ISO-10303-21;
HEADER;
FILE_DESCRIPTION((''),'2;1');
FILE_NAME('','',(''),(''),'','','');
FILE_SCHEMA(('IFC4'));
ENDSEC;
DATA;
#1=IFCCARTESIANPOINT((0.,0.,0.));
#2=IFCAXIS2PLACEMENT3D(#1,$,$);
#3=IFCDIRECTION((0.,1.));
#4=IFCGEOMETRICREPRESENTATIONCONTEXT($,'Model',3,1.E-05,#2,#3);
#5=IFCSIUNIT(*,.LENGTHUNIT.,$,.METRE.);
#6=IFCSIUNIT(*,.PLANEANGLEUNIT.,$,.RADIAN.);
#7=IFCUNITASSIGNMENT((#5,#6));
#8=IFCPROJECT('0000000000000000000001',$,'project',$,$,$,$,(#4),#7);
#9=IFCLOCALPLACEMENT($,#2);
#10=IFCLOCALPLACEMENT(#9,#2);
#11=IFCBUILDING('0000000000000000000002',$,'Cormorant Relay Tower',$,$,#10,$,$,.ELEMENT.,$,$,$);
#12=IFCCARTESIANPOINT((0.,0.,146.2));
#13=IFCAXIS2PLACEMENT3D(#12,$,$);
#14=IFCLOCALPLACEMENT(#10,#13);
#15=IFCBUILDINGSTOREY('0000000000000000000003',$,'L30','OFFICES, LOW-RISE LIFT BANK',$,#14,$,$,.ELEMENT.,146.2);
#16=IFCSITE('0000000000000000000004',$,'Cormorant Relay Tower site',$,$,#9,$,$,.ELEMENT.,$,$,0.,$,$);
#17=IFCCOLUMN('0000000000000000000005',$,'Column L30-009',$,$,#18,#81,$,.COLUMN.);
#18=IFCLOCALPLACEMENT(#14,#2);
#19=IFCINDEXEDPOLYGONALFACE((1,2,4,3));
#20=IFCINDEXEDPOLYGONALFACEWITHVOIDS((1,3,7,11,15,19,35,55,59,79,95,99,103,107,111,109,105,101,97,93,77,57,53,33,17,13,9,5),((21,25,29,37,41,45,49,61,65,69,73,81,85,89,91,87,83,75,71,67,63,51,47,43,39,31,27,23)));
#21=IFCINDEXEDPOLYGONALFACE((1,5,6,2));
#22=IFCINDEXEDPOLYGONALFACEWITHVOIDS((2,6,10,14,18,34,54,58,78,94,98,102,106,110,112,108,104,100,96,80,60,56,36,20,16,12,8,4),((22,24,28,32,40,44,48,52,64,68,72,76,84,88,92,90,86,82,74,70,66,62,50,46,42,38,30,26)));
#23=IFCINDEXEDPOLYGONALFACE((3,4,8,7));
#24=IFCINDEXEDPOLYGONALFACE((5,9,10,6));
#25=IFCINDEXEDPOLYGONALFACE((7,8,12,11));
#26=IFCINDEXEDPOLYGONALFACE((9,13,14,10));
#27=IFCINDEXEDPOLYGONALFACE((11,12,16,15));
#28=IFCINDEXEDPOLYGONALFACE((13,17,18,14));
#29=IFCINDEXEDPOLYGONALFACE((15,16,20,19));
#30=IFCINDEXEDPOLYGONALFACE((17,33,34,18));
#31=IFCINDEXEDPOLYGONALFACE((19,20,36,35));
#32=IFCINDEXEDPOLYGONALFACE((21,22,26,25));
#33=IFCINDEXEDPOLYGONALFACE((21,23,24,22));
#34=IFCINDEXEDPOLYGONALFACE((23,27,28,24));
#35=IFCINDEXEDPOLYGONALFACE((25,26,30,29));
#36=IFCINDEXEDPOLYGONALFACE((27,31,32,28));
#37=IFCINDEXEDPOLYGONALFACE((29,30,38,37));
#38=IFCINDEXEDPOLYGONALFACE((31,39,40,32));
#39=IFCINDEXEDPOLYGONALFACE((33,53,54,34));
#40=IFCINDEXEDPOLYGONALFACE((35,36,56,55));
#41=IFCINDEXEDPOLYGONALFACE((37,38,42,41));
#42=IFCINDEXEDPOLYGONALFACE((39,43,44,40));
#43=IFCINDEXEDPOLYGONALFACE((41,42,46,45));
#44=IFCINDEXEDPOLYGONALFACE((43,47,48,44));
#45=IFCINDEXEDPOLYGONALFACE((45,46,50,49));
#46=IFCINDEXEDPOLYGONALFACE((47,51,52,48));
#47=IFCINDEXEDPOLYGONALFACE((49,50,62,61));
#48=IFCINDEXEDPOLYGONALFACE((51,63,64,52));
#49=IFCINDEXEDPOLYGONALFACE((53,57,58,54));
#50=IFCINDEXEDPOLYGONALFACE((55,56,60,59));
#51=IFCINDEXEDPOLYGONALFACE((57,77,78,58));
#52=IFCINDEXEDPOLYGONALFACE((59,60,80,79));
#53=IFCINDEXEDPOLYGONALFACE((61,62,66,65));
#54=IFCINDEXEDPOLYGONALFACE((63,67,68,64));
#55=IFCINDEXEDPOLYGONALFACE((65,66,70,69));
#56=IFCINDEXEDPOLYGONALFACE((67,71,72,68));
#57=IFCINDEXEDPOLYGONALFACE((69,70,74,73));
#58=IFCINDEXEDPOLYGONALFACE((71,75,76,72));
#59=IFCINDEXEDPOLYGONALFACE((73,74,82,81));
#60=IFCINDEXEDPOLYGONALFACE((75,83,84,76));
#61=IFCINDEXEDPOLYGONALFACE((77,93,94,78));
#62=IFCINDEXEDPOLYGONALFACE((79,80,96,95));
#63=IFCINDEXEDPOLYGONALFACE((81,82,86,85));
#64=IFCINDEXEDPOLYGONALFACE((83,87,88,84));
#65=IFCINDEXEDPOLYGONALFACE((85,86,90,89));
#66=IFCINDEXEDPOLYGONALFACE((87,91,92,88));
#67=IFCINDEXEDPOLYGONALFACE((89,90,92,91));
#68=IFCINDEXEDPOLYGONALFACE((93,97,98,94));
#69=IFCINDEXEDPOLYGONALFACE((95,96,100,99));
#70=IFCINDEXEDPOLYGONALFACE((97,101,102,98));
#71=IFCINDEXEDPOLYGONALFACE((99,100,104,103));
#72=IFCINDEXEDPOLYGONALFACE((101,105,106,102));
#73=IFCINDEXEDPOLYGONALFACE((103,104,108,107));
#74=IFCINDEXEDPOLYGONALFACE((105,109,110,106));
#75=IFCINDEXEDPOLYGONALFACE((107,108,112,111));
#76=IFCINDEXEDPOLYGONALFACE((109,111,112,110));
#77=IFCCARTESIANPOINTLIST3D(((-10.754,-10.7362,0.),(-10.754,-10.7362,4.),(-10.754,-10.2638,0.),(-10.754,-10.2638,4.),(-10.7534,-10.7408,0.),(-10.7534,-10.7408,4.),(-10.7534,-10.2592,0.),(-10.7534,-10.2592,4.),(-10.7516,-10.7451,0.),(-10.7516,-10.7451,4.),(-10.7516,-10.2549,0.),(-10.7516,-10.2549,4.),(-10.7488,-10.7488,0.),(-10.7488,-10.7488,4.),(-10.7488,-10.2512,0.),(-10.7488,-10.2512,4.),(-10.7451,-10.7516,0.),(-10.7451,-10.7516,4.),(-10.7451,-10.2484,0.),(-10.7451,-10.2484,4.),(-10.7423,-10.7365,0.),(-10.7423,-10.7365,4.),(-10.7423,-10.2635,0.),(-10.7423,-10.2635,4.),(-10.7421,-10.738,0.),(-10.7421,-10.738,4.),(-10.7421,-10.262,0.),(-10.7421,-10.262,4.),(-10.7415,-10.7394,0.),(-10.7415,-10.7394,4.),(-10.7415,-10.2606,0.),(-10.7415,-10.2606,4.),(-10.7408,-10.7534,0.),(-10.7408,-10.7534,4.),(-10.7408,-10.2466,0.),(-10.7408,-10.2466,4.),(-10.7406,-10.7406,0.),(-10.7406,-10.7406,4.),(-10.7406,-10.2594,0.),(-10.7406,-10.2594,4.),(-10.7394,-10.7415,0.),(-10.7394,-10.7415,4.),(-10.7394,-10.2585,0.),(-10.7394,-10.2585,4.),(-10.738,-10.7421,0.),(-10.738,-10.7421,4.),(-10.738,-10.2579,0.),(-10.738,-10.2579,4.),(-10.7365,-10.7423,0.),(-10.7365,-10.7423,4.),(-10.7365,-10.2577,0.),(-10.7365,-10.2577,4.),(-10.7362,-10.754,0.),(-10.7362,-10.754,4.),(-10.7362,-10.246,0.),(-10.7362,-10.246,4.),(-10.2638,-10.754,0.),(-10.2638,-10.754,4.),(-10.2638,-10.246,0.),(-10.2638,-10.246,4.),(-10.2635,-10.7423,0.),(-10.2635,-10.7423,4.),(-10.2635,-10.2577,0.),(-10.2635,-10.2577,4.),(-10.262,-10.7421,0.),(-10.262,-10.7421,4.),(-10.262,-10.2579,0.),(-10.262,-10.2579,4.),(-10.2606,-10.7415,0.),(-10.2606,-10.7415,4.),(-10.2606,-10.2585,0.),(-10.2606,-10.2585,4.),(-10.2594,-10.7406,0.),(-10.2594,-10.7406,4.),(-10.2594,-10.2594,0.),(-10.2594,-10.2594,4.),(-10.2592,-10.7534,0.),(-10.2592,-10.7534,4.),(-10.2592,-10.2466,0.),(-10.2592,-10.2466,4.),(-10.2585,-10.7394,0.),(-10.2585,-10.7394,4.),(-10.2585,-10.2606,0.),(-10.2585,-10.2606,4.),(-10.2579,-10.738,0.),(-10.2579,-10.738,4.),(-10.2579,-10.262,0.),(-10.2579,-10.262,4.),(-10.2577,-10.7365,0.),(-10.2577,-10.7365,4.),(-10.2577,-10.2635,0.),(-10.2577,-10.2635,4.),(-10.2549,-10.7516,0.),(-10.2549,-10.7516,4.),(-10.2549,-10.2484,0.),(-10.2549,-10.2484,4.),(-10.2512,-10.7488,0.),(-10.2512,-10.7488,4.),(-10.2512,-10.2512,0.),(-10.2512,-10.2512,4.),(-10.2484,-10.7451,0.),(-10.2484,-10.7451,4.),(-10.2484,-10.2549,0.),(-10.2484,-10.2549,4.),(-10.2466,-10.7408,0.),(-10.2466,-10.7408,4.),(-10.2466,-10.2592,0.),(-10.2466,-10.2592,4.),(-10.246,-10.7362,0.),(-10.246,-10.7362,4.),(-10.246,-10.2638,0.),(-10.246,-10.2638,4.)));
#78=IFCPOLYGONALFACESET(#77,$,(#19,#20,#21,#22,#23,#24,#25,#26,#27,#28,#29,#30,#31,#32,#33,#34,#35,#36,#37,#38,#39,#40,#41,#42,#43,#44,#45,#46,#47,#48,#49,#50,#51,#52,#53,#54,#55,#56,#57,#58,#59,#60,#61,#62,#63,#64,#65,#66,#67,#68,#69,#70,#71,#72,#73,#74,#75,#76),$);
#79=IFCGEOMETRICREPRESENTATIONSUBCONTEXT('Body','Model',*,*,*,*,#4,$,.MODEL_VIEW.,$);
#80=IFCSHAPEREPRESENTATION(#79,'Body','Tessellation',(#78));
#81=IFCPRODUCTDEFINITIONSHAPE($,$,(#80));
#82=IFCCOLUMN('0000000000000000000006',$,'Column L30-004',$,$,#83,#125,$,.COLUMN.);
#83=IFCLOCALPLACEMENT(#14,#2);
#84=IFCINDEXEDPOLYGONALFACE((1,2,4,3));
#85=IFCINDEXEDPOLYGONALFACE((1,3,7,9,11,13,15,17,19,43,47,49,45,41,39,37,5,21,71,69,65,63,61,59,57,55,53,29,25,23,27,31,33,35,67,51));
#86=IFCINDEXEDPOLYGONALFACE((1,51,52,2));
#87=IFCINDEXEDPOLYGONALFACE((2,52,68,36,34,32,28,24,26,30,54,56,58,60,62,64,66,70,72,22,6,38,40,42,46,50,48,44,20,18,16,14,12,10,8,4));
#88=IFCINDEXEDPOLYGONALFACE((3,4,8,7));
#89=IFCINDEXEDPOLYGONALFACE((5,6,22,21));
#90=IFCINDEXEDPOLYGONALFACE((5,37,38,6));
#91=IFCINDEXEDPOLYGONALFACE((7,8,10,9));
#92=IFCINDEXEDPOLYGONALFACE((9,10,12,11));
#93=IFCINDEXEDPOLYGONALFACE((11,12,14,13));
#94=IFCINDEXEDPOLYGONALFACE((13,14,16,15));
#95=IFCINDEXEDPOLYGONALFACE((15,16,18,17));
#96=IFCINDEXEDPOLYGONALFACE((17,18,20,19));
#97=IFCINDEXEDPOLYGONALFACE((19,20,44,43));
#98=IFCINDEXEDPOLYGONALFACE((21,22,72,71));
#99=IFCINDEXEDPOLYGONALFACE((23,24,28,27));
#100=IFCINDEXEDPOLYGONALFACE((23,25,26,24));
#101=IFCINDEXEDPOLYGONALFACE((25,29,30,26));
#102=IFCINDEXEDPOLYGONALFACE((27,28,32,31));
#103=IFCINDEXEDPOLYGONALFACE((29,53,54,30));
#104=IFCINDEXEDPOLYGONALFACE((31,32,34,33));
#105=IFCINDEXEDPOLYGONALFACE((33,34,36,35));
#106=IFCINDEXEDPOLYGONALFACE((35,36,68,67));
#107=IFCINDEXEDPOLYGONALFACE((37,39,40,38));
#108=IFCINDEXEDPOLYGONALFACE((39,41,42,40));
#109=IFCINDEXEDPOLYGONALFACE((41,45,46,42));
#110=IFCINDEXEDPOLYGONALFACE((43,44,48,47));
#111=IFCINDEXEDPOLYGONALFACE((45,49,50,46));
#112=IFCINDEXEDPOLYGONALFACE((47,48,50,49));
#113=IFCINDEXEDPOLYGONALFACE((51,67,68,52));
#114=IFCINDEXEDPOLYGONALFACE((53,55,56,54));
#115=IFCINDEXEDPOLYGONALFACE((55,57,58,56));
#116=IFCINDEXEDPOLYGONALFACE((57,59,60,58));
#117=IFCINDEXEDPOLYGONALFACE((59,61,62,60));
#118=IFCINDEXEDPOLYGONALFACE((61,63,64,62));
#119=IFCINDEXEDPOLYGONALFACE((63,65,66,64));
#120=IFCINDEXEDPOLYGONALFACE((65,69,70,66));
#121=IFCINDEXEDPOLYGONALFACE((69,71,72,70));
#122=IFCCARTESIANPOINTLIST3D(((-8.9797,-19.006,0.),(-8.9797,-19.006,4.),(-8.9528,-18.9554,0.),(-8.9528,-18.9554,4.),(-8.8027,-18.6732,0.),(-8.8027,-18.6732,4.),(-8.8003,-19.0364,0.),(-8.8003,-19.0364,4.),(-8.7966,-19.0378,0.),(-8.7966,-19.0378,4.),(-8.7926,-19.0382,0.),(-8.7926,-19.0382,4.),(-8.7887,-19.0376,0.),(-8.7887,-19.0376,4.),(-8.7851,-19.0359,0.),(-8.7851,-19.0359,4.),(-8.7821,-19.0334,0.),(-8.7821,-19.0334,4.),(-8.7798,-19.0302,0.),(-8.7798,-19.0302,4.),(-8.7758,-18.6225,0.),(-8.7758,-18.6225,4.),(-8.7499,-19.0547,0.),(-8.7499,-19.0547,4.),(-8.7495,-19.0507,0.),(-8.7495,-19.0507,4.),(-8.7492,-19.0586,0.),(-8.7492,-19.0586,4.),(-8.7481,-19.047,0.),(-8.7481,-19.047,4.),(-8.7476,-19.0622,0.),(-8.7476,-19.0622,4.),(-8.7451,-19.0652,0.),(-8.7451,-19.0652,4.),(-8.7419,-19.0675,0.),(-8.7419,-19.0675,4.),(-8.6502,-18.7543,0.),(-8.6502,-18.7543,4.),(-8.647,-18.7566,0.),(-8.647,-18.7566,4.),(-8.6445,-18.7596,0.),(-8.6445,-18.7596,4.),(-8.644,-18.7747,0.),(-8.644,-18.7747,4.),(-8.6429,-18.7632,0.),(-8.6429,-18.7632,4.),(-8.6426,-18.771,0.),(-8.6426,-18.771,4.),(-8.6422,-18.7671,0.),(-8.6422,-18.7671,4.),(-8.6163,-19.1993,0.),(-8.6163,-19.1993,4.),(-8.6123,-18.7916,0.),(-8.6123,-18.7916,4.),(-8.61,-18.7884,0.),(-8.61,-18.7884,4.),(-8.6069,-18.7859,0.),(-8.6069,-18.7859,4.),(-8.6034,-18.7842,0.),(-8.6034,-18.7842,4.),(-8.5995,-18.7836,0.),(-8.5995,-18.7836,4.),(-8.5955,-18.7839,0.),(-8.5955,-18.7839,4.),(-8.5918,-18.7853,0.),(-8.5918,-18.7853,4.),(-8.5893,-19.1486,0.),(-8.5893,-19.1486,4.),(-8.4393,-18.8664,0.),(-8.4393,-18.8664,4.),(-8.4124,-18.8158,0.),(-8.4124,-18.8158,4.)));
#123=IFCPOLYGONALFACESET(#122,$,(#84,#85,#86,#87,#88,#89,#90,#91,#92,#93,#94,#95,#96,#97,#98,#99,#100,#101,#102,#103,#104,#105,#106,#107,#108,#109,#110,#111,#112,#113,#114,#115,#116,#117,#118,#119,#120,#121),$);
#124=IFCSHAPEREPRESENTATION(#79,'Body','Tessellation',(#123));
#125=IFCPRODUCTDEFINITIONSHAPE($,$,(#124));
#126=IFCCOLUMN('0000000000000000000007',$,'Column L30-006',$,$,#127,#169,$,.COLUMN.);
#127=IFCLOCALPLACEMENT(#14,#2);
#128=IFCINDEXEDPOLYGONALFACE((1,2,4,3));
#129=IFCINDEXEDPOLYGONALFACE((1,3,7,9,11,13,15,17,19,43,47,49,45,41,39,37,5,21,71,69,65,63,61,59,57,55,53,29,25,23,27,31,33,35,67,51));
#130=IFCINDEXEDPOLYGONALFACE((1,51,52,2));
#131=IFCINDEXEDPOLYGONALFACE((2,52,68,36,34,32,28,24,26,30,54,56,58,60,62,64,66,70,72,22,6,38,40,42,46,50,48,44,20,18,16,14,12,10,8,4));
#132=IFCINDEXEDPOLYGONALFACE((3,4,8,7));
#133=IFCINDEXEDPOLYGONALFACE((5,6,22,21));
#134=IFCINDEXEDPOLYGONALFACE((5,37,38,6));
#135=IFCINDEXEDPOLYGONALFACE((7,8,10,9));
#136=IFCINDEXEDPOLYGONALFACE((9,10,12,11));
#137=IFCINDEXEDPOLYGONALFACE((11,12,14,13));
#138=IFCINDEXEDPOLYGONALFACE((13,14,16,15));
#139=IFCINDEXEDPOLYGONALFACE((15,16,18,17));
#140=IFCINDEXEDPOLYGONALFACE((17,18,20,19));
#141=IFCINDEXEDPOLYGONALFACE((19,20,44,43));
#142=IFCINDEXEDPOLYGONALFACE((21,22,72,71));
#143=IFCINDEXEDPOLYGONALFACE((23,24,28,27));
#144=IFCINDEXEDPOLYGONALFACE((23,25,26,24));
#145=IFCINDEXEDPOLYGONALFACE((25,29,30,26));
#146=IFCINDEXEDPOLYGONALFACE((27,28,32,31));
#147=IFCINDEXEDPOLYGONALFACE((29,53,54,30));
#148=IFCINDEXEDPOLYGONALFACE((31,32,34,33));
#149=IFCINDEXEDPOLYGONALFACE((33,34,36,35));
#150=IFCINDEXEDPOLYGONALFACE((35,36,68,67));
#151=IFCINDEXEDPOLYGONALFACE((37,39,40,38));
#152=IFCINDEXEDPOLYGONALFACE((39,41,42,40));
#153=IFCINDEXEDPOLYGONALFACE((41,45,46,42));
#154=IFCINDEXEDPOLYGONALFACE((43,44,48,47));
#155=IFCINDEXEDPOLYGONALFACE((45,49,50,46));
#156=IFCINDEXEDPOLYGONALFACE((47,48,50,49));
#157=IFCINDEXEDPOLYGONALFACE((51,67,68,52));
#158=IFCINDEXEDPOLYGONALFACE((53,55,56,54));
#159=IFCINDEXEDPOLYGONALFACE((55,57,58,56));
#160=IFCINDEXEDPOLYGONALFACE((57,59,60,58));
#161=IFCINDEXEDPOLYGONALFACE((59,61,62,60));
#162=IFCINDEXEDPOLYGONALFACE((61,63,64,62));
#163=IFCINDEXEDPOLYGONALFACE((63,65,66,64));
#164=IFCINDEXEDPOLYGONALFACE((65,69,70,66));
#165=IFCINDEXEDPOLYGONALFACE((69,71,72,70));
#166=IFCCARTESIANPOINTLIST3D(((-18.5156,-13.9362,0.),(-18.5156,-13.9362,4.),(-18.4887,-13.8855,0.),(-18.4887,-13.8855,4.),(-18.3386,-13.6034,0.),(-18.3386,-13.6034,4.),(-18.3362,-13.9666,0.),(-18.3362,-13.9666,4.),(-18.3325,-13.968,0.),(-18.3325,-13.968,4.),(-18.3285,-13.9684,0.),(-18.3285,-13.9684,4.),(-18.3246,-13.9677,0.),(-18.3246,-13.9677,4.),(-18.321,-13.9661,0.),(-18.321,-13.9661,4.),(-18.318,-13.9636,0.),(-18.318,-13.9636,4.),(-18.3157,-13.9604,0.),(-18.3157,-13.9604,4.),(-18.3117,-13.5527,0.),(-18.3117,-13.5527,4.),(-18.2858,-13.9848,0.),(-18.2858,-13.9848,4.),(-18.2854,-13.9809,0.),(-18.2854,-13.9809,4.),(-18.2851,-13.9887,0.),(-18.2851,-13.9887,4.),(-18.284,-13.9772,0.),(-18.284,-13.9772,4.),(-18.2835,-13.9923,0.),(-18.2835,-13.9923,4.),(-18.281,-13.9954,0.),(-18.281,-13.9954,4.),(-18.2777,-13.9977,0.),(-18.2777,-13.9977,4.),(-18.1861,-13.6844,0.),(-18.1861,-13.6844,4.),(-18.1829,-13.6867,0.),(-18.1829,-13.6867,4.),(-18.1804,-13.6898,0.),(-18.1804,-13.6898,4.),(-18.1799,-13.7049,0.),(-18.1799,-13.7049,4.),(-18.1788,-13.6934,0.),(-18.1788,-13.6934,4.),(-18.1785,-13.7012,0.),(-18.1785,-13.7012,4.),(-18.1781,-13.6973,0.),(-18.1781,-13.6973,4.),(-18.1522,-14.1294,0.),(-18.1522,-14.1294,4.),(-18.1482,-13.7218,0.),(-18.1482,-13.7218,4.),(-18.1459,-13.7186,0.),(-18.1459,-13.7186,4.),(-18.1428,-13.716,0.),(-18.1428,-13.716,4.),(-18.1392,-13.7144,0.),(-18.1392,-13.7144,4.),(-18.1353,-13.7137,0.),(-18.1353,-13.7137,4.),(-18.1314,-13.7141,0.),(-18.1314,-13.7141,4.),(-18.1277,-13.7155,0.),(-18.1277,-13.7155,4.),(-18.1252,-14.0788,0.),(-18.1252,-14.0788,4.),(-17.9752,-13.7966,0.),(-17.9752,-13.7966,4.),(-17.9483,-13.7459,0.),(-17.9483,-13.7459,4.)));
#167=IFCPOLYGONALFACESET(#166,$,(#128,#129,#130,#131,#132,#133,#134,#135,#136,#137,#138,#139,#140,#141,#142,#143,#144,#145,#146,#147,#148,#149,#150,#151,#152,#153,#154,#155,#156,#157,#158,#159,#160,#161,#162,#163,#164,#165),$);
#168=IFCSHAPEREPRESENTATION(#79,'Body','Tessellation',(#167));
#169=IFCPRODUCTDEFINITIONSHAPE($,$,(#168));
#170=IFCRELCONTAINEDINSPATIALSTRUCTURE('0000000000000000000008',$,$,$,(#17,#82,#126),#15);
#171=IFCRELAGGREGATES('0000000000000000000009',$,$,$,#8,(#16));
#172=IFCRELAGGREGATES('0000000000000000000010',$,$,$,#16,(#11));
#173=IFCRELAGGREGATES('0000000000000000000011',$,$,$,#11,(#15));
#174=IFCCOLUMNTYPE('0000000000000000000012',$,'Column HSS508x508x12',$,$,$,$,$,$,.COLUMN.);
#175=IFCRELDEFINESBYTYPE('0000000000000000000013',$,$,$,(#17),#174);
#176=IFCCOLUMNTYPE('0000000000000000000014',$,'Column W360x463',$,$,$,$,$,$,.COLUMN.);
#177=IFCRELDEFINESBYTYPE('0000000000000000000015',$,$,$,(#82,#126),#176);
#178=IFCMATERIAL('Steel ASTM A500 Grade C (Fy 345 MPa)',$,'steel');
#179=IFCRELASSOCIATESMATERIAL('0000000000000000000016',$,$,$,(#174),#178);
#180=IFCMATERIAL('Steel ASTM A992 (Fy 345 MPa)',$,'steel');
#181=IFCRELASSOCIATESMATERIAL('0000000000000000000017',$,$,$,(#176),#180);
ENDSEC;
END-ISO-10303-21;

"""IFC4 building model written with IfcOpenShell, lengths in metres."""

from ifc_helpers import new_model, si_unit, direction, frame, origin, origin_2d, place, context, subcontext, project, spatial, hollow_rectangle, i_section, extrude, material, material_profile, profile_set, type_object, element, save


model = new_model("IFC4")

# Units and contexts
model_context = context("Model", 3, precision=1e-05, world=origin(), true_north=direction((0.0, 1.0)))
body_context = subcontext(model_context, "Body", "Model", "MODEL_VIEW")
ifc_project = project(units=[si_unit("LENGTHUNIT", "METRE"), si_unit("PLANEANGLEUNIT", "RADIAN")], contexts=[model_context])

# Site, building, storey
site_placement = place(None, origin())
site = spatial("IfcSite", under=ifc_project, at=site_placement, Name="Cormorant Relay Tower site", CompositionType="ELEMENT", RefElevation=0.0)
building_placement = place(site_placement, origin())
building = spatial("IfcBuilding", under=site, at=building_placement, Name="Cormorant Relay Tower", CompositionType="ELEMENT")
storey_placement = place(building_placement, frame((0.0, 0.0, 146.2)))
storey = spatial("IfcBuildingStorey", under=building, at=storey_placement, Name="L30", Description="OFFICES, LOW-RISE LIFT BANK", CompositionType="ELEMENT", Elevation=146.2)

# Columns
ifc_material_1 = material(Name="Steel ASTM A500 Grade C (Fy 345 MPa)", Category="steel")
ifc_material_profile_1 = material_profile(ifc_material_1, hollow_rectangle(XDim=0.5081, YDim=0.5081, WallThickness=0.0117, InnerFilletRadius=0.0059, OuterFilletRadius=0.0178, at=origin_2d()), Name="HSS508x508x12")
ifc_profile_set_1 = profile_set([ifc_material_profile_1], Name="Steel ASTM A500 Grade C (Fy 345 MPa)")
column_type_1 = type_object("IfcColumnType", Name="Column HSS508x508x12", PredefinedType="COLUMN", material=ifc_profile_set_1)
column_1_placement = place(storey_placement, frame((-10.5, -10.5, 0.0), z_axis=(0.0, 0.0, 1.0), x_axis=(1.0, 0.0, 0.0)))
element("IfcColumn", 1, at=column_1_placement, inside=storey, type_object=column_type_1, Name="Column L30-009", PredefinedType="COLUMN", context=body_context, shape_type="SweptSolid", body=[
    extrude(hollow_rectangle(XDim=0.5081, YDim=0.5081, WallThickness=0.0117, InnerFilletRadius=0.0059, OuterFilletRadius=0.0178, at=origin_2d()), origin(), (0.0, 0.0, 1.0), 4.0),
])
ifc_material_2 = material(Name="Steel ASTM A992 (Fy 345 MPa)", Category="steel")
ifc_material_profile_2 = material_profile(ifc_material_2, i_section(OverallWidth=0.4116, OverallDepth=0.4343, WebThickness=0.0359, FlangeThickness=0.0574, FilletRadius=0.0151, at=origin_2d()), Name="W360x463")
ifc_profile_set_2 = profile_set([ifc_material_profile_2], Name="Steel ASTM A992 (Fy 345 MPa)")
column_type_2 = type_object("IfcColumnType", Name="Column W360x463", PredefinedType="COLUMN", material=ifc_profile_set_2)
for number, where, z_axis, x_axis, name in (
    (2, (-8.696, -18.9109, 0.0), (0.0, 0.0, 1.0), (0.882948, -0.469472, 0.0), "Column L30-004"),
    (3, (-18.2319, -13.8411, 0.0), (0.0, 0.0, 1.0), (0.882948, -0.469472, 0.0), "Column L30-006"),
):
    element("IfcColumn", number, at=place(storey_placement, frame(where, z_axis=z_axis, x_axis=x_axis)), inside=storey, type_object=column_type_2, Name=name, PredefinedType="COLUMN", context=body_context, shape_type="SweptSolid", body=[
        extrude(i_section(OverallWidth=0.4116, OverallDepth=0.4343, WebThickness=0.0359, FlangeThickness=0.0574, FilletRadius=0.0151, at=origin_2d()), origin(), (0.0, 0.0, 1.0), 4.0),
    ])

save(model, "model.ifc")
